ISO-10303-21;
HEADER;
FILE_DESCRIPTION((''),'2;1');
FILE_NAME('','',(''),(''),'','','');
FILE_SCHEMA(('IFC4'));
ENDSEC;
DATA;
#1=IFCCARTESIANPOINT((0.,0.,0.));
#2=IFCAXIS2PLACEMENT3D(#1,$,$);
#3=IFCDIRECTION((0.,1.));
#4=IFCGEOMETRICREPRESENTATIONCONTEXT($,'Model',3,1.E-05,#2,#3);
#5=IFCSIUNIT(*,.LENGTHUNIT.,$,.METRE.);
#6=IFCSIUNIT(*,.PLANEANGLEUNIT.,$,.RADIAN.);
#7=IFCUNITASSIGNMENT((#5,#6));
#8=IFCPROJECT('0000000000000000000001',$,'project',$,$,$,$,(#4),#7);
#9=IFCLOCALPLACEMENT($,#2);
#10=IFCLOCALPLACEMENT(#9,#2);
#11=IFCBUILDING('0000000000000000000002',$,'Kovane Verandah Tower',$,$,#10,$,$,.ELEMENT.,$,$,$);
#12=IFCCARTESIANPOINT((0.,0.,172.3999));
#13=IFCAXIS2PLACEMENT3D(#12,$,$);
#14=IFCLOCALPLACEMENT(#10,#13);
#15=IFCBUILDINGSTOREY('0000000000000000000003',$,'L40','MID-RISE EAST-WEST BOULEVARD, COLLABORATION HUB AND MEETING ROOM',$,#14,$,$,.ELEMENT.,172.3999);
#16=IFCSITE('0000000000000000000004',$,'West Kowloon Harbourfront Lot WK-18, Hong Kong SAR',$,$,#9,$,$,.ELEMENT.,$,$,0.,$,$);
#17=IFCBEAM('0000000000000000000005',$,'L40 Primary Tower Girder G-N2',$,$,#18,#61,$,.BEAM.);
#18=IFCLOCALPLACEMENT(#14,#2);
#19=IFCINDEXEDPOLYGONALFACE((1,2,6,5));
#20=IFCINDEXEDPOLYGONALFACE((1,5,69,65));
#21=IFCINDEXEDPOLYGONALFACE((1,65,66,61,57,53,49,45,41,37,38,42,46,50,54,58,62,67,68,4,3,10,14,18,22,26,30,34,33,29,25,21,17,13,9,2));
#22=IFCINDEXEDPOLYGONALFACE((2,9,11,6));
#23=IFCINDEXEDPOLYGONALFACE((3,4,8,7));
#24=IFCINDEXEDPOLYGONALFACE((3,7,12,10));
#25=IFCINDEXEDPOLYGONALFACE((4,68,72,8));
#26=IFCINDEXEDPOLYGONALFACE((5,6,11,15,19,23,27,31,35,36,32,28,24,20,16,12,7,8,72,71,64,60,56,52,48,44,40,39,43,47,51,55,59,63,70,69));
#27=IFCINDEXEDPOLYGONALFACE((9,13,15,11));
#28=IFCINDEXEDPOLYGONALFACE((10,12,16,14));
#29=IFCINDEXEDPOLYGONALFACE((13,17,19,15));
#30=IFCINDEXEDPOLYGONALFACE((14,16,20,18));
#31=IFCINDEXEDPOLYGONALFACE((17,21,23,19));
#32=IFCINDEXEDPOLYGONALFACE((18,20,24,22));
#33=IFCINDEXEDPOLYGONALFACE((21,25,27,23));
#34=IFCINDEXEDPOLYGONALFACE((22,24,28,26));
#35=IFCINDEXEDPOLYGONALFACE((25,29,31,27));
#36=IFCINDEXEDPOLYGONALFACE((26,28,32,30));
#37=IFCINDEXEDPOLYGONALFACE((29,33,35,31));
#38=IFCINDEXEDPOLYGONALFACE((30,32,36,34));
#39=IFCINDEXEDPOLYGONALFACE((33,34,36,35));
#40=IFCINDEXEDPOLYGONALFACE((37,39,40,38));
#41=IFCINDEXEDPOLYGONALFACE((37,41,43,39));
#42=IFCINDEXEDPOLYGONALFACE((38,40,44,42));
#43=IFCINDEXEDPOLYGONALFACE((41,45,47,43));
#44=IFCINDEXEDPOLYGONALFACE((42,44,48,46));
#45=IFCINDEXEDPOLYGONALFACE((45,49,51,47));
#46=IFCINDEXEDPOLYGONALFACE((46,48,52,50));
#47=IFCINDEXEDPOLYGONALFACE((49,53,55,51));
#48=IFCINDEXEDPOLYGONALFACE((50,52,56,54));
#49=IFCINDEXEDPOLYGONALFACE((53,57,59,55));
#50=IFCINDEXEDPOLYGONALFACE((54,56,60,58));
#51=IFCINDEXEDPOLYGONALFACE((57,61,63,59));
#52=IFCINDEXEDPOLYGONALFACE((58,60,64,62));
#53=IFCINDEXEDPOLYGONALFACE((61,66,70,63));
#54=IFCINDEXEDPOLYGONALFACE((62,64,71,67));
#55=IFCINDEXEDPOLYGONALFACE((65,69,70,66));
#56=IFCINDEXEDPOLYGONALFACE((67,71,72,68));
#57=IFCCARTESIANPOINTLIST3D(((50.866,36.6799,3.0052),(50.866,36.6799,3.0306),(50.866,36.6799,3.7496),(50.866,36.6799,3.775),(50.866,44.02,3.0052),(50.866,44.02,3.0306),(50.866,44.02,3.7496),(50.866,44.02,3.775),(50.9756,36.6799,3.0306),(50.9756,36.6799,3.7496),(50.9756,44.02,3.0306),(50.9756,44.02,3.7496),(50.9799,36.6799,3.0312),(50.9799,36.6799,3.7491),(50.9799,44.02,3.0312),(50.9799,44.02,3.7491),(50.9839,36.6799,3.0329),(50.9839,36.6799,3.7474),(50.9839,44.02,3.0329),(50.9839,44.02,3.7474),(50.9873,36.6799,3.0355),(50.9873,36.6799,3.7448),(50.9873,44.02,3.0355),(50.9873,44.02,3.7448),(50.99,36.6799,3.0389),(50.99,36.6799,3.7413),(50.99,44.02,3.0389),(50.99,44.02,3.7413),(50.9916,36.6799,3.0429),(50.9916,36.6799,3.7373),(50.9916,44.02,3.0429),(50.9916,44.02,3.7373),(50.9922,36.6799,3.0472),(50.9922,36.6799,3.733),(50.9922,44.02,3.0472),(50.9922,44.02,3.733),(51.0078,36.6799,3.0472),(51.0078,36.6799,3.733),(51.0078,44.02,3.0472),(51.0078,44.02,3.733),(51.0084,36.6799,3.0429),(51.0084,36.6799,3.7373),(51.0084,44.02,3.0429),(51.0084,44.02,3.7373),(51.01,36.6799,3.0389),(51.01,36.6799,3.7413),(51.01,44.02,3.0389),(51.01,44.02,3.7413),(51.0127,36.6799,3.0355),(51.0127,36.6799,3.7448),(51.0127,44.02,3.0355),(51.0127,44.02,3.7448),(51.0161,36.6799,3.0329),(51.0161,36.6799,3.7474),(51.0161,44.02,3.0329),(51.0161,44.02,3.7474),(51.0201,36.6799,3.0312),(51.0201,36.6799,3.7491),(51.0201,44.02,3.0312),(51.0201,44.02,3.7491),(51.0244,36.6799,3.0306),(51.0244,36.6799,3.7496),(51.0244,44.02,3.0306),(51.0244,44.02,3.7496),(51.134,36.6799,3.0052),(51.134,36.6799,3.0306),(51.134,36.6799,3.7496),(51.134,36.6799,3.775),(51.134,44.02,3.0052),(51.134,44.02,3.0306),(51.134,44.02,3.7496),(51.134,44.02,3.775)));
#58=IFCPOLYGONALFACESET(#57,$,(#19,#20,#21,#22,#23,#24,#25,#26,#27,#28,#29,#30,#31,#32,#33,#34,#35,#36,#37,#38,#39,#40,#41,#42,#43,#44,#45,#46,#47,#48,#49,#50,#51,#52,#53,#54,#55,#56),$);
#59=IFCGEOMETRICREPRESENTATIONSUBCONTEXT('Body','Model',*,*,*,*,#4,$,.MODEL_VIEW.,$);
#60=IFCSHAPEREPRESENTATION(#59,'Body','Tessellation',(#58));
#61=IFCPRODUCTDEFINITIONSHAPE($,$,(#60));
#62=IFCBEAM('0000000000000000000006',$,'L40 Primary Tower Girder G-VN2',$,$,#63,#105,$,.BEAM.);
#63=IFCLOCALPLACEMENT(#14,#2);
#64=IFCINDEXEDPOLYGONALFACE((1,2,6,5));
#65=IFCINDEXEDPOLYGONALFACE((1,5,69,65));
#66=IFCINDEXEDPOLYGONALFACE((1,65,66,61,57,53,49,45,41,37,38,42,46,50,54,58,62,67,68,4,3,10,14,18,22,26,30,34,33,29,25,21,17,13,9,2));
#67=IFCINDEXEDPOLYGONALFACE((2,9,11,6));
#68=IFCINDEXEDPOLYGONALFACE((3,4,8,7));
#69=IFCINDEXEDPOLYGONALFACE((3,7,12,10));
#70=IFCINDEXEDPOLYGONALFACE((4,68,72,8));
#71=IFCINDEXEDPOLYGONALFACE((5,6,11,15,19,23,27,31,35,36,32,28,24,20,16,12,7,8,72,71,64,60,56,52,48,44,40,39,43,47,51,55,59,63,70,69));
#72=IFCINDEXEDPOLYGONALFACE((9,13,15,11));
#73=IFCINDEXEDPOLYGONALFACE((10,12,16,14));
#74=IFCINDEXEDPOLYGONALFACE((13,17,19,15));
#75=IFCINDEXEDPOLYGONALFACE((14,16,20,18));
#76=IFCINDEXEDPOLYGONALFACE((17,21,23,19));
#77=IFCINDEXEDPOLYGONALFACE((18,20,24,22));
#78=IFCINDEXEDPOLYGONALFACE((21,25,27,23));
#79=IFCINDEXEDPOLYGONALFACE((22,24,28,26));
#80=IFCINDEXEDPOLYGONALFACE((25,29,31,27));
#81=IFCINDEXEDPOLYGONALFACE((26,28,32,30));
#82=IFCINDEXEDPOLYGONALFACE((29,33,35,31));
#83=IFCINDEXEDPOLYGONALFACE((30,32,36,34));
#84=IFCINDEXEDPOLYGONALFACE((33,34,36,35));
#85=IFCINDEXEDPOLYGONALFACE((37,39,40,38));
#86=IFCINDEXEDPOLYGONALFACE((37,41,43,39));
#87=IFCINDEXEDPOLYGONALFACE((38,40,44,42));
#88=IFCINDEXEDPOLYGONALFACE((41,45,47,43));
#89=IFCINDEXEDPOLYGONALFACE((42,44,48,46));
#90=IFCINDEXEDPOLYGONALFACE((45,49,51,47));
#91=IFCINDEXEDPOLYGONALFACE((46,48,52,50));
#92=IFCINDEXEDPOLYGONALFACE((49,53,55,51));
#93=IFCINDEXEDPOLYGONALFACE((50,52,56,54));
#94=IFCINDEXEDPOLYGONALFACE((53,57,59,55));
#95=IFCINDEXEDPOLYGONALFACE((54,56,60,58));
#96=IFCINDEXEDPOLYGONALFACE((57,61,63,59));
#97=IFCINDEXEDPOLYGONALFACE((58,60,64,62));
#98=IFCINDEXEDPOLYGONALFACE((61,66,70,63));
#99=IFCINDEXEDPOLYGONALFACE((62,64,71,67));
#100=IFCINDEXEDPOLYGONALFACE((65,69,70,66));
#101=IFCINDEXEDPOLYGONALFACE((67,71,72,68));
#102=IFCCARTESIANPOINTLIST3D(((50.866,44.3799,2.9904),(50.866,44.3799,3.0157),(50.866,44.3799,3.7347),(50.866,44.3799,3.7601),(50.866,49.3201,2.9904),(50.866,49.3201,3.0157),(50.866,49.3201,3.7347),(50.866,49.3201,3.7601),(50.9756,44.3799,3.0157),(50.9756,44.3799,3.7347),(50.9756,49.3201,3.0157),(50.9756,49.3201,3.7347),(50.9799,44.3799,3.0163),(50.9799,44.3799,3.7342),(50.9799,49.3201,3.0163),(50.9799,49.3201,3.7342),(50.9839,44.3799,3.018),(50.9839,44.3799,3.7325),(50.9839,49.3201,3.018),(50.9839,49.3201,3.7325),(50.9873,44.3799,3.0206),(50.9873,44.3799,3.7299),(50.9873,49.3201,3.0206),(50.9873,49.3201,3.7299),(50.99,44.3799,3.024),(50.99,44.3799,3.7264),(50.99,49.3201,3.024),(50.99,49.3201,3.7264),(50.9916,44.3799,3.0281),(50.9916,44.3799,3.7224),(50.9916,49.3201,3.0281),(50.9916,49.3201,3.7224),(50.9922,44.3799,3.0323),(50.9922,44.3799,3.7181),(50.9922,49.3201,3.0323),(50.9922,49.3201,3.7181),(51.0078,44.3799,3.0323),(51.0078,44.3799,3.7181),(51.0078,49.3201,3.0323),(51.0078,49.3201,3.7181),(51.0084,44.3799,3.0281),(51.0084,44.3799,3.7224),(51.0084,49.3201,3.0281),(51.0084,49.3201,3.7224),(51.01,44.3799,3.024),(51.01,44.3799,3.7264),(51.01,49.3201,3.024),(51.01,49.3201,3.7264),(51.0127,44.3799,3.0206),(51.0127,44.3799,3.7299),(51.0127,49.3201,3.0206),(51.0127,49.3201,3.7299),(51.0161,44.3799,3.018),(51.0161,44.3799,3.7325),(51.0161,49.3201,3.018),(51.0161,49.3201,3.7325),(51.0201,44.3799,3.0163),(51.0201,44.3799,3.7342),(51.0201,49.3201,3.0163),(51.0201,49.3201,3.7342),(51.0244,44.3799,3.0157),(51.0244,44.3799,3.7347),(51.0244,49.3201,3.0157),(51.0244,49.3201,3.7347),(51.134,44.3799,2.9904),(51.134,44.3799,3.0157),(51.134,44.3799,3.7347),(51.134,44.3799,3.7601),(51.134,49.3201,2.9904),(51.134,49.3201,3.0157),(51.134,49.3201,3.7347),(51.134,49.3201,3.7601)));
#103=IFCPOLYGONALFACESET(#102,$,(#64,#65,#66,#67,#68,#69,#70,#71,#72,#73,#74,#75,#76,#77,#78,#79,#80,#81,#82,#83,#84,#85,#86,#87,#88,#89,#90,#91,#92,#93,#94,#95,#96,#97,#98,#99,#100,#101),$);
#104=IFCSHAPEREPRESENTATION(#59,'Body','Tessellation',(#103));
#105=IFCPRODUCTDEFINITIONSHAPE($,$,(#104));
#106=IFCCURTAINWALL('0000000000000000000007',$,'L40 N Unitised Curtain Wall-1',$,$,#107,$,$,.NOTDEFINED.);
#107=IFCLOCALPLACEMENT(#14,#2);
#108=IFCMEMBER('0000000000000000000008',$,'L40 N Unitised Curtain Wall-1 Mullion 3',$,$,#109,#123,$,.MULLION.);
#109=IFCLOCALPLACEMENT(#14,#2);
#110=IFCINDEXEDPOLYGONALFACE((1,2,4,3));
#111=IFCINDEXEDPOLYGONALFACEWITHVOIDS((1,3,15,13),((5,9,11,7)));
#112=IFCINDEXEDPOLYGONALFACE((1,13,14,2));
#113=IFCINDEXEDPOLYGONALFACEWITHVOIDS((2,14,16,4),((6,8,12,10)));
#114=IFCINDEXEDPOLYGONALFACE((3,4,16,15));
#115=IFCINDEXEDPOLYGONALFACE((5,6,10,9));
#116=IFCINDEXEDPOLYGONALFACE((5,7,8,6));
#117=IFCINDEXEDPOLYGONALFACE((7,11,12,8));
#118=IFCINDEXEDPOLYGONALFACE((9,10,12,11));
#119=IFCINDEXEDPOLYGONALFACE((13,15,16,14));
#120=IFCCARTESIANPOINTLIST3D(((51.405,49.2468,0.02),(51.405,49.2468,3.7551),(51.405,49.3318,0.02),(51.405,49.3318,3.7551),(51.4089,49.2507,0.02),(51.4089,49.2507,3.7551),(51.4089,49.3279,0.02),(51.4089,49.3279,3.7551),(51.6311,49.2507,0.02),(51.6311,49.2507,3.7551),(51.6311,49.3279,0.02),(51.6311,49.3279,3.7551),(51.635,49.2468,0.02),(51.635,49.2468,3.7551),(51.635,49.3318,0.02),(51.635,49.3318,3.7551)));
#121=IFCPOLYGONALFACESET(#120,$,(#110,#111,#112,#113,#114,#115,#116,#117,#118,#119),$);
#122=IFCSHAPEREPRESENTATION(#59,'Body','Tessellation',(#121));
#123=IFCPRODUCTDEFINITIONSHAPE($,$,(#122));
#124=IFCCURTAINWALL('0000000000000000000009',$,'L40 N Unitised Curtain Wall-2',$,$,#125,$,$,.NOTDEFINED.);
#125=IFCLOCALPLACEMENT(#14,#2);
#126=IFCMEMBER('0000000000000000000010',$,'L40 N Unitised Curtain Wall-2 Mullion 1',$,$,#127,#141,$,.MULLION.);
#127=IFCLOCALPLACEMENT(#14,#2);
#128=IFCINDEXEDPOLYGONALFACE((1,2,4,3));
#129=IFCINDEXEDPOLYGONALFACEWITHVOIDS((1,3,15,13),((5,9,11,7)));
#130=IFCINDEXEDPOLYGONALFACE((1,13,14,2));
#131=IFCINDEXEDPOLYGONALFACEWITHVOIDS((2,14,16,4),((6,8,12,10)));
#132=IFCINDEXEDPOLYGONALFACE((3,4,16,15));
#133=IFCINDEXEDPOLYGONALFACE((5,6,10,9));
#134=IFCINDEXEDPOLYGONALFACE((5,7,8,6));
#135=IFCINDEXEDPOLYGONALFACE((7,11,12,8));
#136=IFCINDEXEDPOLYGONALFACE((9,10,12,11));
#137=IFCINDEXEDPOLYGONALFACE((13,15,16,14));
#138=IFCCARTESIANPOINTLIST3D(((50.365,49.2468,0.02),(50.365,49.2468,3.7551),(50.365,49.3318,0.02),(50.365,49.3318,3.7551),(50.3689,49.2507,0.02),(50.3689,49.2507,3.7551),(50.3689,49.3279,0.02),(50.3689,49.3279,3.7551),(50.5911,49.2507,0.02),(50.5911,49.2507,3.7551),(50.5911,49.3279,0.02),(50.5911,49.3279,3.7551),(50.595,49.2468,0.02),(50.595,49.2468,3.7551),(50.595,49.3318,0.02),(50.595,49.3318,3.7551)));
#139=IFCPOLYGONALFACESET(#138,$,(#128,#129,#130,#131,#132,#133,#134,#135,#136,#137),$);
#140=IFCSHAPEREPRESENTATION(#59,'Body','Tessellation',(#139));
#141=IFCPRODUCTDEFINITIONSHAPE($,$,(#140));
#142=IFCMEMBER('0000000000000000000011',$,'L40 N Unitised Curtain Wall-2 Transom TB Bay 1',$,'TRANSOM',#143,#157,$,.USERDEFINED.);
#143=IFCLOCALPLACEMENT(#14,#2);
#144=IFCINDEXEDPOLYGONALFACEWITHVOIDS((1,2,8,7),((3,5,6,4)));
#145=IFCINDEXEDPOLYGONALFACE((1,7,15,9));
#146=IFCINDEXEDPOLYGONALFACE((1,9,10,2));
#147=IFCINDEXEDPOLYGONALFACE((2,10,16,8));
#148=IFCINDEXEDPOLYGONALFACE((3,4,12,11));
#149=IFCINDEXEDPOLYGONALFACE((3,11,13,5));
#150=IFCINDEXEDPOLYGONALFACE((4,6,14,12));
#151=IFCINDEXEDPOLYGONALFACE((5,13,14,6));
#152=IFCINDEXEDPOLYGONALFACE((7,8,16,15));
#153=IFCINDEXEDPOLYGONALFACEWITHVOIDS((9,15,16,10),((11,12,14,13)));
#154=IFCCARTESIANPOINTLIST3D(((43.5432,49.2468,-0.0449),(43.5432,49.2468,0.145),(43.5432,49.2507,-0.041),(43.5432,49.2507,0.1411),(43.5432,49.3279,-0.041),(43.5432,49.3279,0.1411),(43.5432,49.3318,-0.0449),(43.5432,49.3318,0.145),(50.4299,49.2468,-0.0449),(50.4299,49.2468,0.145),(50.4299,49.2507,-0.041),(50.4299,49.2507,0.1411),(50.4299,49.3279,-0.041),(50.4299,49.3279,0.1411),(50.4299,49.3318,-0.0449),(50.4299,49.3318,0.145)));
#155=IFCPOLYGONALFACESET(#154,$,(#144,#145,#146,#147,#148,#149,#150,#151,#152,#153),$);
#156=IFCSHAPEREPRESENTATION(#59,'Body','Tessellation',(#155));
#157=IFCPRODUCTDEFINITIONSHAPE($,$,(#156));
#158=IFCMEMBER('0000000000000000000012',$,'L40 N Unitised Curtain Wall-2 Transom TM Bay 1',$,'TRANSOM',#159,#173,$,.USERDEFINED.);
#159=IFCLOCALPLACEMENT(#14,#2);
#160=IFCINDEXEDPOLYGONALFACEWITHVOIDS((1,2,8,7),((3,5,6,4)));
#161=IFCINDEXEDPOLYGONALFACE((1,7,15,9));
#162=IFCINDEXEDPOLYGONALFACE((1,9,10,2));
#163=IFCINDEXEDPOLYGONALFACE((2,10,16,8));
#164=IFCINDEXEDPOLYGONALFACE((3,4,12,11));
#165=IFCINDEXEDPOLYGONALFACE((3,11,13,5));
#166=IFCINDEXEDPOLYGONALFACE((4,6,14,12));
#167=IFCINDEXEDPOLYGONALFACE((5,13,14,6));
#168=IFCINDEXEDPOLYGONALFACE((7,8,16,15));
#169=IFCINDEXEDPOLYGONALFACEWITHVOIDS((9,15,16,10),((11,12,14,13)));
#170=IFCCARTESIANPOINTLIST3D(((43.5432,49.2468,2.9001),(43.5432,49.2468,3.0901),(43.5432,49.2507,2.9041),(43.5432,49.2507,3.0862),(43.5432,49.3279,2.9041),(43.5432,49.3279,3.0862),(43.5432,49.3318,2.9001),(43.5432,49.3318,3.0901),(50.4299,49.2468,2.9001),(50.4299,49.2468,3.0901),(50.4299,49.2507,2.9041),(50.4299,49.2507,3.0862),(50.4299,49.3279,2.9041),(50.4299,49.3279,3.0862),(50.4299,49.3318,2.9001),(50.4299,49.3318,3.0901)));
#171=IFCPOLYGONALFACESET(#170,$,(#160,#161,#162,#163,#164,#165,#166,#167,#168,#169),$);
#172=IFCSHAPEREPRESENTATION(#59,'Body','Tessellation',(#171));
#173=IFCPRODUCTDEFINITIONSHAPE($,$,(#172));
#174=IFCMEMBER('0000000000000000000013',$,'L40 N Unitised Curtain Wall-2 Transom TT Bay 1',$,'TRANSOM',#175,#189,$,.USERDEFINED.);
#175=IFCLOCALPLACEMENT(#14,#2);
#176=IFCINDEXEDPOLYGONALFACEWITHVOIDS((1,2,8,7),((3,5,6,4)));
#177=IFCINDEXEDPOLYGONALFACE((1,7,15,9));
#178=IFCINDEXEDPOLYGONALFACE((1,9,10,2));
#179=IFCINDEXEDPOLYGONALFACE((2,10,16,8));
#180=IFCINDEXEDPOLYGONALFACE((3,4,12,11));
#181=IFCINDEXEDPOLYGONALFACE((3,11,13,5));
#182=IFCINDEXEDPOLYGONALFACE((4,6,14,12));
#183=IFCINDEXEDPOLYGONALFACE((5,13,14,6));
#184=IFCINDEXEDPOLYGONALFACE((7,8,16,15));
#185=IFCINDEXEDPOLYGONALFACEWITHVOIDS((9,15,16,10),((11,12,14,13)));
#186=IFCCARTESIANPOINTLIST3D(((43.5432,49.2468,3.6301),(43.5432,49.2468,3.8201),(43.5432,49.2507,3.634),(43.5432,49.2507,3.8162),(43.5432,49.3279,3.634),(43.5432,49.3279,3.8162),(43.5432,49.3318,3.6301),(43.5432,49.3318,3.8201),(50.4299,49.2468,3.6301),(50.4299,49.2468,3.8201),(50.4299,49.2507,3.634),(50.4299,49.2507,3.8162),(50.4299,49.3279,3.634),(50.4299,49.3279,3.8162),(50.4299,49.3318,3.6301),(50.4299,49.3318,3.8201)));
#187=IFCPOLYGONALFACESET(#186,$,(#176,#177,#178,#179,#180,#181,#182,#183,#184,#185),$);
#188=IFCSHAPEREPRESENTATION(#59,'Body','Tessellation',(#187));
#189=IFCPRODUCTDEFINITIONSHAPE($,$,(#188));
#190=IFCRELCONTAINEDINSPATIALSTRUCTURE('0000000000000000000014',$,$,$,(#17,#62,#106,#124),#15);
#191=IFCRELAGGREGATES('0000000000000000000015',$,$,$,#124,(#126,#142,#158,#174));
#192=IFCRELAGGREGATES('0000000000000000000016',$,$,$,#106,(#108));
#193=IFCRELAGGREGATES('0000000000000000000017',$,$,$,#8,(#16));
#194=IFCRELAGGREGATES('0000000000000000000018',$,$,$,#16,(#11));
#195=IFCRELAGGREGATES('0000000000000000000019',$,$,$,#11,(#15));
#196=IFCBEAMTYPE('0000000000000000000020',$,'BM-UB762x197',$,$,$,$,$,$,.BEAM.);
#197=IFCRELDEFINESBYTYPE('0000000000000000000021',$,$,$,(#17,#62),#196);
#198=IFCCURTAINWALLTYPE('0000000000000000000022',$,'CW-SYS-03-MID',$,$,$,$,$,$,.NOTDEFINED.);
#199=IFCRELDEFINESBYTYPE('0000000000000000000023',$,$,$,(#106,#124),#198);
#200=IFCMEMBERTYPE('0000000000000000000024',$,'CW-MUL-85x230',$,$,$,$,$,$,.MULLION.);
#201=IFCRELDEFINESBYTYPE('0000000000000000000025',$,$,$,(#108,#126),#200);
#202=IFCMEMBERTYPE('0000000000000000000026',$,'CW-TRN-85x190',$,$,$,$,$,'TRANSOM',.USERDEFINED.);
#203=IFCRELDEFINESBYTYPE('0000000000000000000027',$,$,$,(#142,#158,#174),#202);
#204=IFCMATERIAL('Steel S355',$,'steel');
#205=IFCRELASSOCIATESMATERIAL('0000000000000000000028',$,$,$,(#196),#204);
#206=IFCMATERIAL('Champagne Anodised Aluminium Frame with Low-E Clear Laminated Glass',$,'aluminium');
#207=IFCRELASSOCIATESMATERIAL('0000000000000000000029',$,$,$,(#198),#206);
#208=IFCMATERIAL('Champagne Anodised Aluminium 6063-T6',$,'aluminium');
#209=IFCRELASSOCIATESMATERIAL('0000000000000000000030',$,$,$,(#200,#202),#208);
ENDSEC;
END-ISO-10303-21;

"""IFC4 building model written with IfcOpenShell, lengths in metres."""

from ifc_helpers import new_model, si_unit, direction, frame, origin, origin_2d, place, context, subcontext, project, spatial, hollow_rectangle, i_section, extrude, material, material_profile, profile_set, type_object, element, aggregate, save


model = new_model("IFC4")

# Units and contexts
model_context = context("Model", 3, precision=1e-05, world=origin(), true_north=direction((0.0, 1.0)))
body_context = subcontext(model_context, "Body", "Model", "MODEL_VIEW")
ifc_project = project(units=[si_unit("LENGTHUNIT", "METRE"), si_unit("PLANEANGLEUNIT", "RADIAN")], contexts=[model_context])

# Site, building, storey
site_placement = place(None, origin())
site = spatial("IfcSite", under=ifc_project, at=site_placement, Name="West Kowloon Harbourfront Lot WK-18, Hong Kong SAR", CompositionType="ELEMENT", RefElevation=0.0)
building_placement = place(site_placement, origin())
building = spatial("IfcBuilding", under=site, at=building_placement, Name="Kovane Verandah Tower", CompositionType="ELEMENT")
storey_placement = place(building_placement, frame((0.0, 0.0, 172.3999)))
storey = spatial("IfcBuildingStorey", under=building, at=storey_placement, Name="L40", Description="MID-RISE EAST-WEST BOULEVARD, COLLABORATION HUB AND MEETING ROOM", CompositionType="ELEMENT", Elevation=172.3999)

# Beams
ifc_material_1 = material(Name="Steel S355", Category="steel")
ifc_material_profile_1 = material_profile(ifc_material_1, i_section(OverallWidth=0.2681, OverallDepth=0.7698, WebThickness=0.0156, FlangeThickness=0.0254, FilletRadius=0.0166, at=origin_2d()), Name="UB762x267x197")
ifc_profile_set_1 = profile_set([ifc_material_profile_1], Name="Steel S355")
beam_type = type_object("IfcBeamType", Name="BM-UB762x197", PredefinedType="BEAM", material=ifc_profile_set_1)
beam_1_placement = place(storey_placement, frame((51.0, 36.6799, 3.3901), z_axis=(0.0, 1.0, 0.0), x_axis=(-1.0, 0.0, 0.0)))
element("IfcBeam", 1, at=beam_1_placement, inside=storey, type_object=beam_type, Name="L40 Primary Tower Girder G-N2", PredefinedType="BEAM", context=body_context, shape_type="SweptSolid", body=[
    extrude(i_section(OverallWidth=0.2681, OverallDepth=0.7698, WebThickness=0.0156, FlangeThickness=0.0254, FilletRadius=0.0166, at=origin_2d()), origin(), (0.0, 0.0, 1.0), 7.3401),
])
beam_2_placement = place(storey_placement, frame((51.0, 44.3799, 3.3752), z_axis=(0.0, 1.0, 0.0), x_axis=(-1.0, 0.0, 0.0)))
element("IfcBeam", 2, at=beam_2_placement, inside=storey, type_object=beam_type, Name="L40 Primary Tower Girder G-VN2", PredefinedType="BEAM", context=body_context, shape_type="SweptSolid", body=[
    extrude(i_section(OverallWidth=0.2681, OverallDepth=0.7698, WebThickness=0.0156, FlangeThickness=0.0254, FilletRadius=0.0166, at=origin_2d()), origin(), (0.0, 0.0, 1.0), 4.9402),
])

# Curtain wall, member
ifc_material_2 = material(Name="Champagne Anodised Aluminium Frame with Low-E Clear Laminated Glass", Category="aluminium")
curtain_wall_type = type_object("IfcCurtainWallType", Name="CW-SYS-03-MID", PredefinedType="NOTDEFINED", material=ifc_material_2)
curtain_wall_1_placement = place(storey_placement, origin())
curtain_wall_1 = element("IfcCurtainWall", 3, at=curtain_wall_1_placement, inside=storey, type_object=curtain_wall_type, Name="L40 N Unitised Curtain Wall-1", PredefinedType="NOTDEFINED")
ifc_material_3 = material(Name="Champagne Anodised Aluminium 6063-T6", Category="aluminium")
ifc_material_profile_2 = material_profile(ifc_material_3, hollow_rectangle(XDim=0.085, YDim=0.23, WallThickness=0.0039, at=origin_2d()), Name="AL85x230x4")
ifc_profile_set_2 = profile_set([ifc_material_profile_2], Name="Champagne Anodised Aluminium 6063-T6")
member_type_1 = type_object("IfcMemberType", Name="CW-MUL-85x230", PredefinedType="MULLION", material=ifc_profile_set_2)
member_1_placement = place(storey_placement, frame((51.52, 49.2893, 0.02), z_axis=(0.0, 0.0, 1.0), x_axis=(0.0, 1.0, 0.0)))
member_1 = element("IfcMember", 4, at=member_1_placement, type_object=member_type_1, Name="L40 N Unitised Curtain Wall-1 Mullion 3", PredefinedType="MULLION", context=body_context, shape_type="SweptSolid", body=[
    extrude(hollow_rectangle(XDim=0.085, YDim=0.23, WallThickness=0.0039, at=origin_2d()), origin(), (0.0, 0.0, 1.0), 3.7351),
])

# Curtain wall, members
curtain_wall_2_placement = place(storey_placement, origin())
curtain_wall_2 = element("IfcCurtainWall", 5, at=curtain_wall_2_placement, inside=storey, type_object=curtain_wall_type, Name="L40 N Unitised Curtain Wall-2", PredefinedType="NOTDEFINED")
member_2_placement = place(storey_placement, frame((50.48, 49.2893, 0.02), z_axis=(0.0, 0.0, 1.0), x_axis=(0.0, 1.0, 0.0)))
member_2 = element("IfcMember", 6, at=member_2_placement, type_object=member_type_1, Name="L40 N Unitised Curtain Wall-2 Mullion 1", PredefinedType="MULLION", context=body_context, shape_type="SweptSolid", body=[
    extrude(hollow_rectangle(XDim=0.085, YDim=0.23, WallThickness=0.0039, at=origin_2d()), origin(), (0.0, 0.0, 1.0), 3.7351),
])
ifc_material_profile_3 = material_profile(ifc_material_3, hollow_rectangle(XDim=0.085, YDim=0.1899, WallThickness=0.0039, at=origin_2d()), Name="AL85x190x4")
ifc_profile_set_3 = profile_set([ifc_material_profile_3], Name="Champagne Anodised Aluminium 6063-T6")
member_type_2 = type_object("IfcMemberType", Name="CW-TRN-85x190", ElementType="TRANSOM", PredefinedType="USERDEFINED", material=ifc_profile_set_3)
member_3_placement = place(storey_placement, frame((50.4299, 49.2893, 0.05), z_axis=(-1.0, 0.0, 0.0), x_axis=(0.0, -1.0, 0.0)))
member_3 = element("IfcMember", 7, at=member_3_placement, type_object=member_type_2, Name="L40 N Unitised Curtain Wall-2 Transom TB Bay 1", ObjectType="TRANSOM", PredefinedType="USERDEFINED", context=body_context, shape_type="SweptSolid", body=[
    extrude(hollow_rectangle(XDim=0.085, YDim=0.1899, WallThickness=0.0039, at=origin_2d()), origin(), (0.0, 0.0, 1.0), 6.8867),
])
member_4_placement = place(storey_placement, frame((50.4299, 49.2893, 2.9951), z_axis=(-1.0, 0.0, 0.0), x_axis=(0.0, -1.0, 0.0)))
member_4 = element("IfcMember", 8, at=member_4_placement, type_object=member_type_2, Name="L40 N Unitised Curtain Wall-2 Transom TM Bay 1", ObjectType="TRANSOM", PredefinedType="USERDEFINED", context=body_context, shape_type="SweptSolid", body=[
    extrude(hollow_rectangle(XDim=0.085, YDim=0.1899, WallThickness=0.0039, at=origin_2d()), origin(), (0.0, 0.0, 1.0), 6.8867),
])
member_5_placement = place(storey_placement, frame((50.4299, 49.2893, 3.7251), z_axis=(-1.0, 0.0, 0.0), x_axis=(0.0, -1.0, 0.0)))
member_5 = element("IfcMember", 9, at=member_5_placement, type_object=member_type_2, Name="L40 N Unitised Curtain Wall-2 Transom TT Bay 1", ObjectType="TRANSOM", PredefinedType="USERDEFINED", context=body_context, shape_type="SweptSolid", body=[
    extrude(hollow_rectangle(XDim=0.085, YDim=0.1899, WallThickness=0.0039, at=origin_2d()), origin(), (0.0, 0.0, 1.0), 6.8867),
])

aggregate(curtain_wall_2, [member_2, member_3, member_4, member_5])
aggregate(curtain_wall_1, [member_1])

save(model, "model.ifc")
